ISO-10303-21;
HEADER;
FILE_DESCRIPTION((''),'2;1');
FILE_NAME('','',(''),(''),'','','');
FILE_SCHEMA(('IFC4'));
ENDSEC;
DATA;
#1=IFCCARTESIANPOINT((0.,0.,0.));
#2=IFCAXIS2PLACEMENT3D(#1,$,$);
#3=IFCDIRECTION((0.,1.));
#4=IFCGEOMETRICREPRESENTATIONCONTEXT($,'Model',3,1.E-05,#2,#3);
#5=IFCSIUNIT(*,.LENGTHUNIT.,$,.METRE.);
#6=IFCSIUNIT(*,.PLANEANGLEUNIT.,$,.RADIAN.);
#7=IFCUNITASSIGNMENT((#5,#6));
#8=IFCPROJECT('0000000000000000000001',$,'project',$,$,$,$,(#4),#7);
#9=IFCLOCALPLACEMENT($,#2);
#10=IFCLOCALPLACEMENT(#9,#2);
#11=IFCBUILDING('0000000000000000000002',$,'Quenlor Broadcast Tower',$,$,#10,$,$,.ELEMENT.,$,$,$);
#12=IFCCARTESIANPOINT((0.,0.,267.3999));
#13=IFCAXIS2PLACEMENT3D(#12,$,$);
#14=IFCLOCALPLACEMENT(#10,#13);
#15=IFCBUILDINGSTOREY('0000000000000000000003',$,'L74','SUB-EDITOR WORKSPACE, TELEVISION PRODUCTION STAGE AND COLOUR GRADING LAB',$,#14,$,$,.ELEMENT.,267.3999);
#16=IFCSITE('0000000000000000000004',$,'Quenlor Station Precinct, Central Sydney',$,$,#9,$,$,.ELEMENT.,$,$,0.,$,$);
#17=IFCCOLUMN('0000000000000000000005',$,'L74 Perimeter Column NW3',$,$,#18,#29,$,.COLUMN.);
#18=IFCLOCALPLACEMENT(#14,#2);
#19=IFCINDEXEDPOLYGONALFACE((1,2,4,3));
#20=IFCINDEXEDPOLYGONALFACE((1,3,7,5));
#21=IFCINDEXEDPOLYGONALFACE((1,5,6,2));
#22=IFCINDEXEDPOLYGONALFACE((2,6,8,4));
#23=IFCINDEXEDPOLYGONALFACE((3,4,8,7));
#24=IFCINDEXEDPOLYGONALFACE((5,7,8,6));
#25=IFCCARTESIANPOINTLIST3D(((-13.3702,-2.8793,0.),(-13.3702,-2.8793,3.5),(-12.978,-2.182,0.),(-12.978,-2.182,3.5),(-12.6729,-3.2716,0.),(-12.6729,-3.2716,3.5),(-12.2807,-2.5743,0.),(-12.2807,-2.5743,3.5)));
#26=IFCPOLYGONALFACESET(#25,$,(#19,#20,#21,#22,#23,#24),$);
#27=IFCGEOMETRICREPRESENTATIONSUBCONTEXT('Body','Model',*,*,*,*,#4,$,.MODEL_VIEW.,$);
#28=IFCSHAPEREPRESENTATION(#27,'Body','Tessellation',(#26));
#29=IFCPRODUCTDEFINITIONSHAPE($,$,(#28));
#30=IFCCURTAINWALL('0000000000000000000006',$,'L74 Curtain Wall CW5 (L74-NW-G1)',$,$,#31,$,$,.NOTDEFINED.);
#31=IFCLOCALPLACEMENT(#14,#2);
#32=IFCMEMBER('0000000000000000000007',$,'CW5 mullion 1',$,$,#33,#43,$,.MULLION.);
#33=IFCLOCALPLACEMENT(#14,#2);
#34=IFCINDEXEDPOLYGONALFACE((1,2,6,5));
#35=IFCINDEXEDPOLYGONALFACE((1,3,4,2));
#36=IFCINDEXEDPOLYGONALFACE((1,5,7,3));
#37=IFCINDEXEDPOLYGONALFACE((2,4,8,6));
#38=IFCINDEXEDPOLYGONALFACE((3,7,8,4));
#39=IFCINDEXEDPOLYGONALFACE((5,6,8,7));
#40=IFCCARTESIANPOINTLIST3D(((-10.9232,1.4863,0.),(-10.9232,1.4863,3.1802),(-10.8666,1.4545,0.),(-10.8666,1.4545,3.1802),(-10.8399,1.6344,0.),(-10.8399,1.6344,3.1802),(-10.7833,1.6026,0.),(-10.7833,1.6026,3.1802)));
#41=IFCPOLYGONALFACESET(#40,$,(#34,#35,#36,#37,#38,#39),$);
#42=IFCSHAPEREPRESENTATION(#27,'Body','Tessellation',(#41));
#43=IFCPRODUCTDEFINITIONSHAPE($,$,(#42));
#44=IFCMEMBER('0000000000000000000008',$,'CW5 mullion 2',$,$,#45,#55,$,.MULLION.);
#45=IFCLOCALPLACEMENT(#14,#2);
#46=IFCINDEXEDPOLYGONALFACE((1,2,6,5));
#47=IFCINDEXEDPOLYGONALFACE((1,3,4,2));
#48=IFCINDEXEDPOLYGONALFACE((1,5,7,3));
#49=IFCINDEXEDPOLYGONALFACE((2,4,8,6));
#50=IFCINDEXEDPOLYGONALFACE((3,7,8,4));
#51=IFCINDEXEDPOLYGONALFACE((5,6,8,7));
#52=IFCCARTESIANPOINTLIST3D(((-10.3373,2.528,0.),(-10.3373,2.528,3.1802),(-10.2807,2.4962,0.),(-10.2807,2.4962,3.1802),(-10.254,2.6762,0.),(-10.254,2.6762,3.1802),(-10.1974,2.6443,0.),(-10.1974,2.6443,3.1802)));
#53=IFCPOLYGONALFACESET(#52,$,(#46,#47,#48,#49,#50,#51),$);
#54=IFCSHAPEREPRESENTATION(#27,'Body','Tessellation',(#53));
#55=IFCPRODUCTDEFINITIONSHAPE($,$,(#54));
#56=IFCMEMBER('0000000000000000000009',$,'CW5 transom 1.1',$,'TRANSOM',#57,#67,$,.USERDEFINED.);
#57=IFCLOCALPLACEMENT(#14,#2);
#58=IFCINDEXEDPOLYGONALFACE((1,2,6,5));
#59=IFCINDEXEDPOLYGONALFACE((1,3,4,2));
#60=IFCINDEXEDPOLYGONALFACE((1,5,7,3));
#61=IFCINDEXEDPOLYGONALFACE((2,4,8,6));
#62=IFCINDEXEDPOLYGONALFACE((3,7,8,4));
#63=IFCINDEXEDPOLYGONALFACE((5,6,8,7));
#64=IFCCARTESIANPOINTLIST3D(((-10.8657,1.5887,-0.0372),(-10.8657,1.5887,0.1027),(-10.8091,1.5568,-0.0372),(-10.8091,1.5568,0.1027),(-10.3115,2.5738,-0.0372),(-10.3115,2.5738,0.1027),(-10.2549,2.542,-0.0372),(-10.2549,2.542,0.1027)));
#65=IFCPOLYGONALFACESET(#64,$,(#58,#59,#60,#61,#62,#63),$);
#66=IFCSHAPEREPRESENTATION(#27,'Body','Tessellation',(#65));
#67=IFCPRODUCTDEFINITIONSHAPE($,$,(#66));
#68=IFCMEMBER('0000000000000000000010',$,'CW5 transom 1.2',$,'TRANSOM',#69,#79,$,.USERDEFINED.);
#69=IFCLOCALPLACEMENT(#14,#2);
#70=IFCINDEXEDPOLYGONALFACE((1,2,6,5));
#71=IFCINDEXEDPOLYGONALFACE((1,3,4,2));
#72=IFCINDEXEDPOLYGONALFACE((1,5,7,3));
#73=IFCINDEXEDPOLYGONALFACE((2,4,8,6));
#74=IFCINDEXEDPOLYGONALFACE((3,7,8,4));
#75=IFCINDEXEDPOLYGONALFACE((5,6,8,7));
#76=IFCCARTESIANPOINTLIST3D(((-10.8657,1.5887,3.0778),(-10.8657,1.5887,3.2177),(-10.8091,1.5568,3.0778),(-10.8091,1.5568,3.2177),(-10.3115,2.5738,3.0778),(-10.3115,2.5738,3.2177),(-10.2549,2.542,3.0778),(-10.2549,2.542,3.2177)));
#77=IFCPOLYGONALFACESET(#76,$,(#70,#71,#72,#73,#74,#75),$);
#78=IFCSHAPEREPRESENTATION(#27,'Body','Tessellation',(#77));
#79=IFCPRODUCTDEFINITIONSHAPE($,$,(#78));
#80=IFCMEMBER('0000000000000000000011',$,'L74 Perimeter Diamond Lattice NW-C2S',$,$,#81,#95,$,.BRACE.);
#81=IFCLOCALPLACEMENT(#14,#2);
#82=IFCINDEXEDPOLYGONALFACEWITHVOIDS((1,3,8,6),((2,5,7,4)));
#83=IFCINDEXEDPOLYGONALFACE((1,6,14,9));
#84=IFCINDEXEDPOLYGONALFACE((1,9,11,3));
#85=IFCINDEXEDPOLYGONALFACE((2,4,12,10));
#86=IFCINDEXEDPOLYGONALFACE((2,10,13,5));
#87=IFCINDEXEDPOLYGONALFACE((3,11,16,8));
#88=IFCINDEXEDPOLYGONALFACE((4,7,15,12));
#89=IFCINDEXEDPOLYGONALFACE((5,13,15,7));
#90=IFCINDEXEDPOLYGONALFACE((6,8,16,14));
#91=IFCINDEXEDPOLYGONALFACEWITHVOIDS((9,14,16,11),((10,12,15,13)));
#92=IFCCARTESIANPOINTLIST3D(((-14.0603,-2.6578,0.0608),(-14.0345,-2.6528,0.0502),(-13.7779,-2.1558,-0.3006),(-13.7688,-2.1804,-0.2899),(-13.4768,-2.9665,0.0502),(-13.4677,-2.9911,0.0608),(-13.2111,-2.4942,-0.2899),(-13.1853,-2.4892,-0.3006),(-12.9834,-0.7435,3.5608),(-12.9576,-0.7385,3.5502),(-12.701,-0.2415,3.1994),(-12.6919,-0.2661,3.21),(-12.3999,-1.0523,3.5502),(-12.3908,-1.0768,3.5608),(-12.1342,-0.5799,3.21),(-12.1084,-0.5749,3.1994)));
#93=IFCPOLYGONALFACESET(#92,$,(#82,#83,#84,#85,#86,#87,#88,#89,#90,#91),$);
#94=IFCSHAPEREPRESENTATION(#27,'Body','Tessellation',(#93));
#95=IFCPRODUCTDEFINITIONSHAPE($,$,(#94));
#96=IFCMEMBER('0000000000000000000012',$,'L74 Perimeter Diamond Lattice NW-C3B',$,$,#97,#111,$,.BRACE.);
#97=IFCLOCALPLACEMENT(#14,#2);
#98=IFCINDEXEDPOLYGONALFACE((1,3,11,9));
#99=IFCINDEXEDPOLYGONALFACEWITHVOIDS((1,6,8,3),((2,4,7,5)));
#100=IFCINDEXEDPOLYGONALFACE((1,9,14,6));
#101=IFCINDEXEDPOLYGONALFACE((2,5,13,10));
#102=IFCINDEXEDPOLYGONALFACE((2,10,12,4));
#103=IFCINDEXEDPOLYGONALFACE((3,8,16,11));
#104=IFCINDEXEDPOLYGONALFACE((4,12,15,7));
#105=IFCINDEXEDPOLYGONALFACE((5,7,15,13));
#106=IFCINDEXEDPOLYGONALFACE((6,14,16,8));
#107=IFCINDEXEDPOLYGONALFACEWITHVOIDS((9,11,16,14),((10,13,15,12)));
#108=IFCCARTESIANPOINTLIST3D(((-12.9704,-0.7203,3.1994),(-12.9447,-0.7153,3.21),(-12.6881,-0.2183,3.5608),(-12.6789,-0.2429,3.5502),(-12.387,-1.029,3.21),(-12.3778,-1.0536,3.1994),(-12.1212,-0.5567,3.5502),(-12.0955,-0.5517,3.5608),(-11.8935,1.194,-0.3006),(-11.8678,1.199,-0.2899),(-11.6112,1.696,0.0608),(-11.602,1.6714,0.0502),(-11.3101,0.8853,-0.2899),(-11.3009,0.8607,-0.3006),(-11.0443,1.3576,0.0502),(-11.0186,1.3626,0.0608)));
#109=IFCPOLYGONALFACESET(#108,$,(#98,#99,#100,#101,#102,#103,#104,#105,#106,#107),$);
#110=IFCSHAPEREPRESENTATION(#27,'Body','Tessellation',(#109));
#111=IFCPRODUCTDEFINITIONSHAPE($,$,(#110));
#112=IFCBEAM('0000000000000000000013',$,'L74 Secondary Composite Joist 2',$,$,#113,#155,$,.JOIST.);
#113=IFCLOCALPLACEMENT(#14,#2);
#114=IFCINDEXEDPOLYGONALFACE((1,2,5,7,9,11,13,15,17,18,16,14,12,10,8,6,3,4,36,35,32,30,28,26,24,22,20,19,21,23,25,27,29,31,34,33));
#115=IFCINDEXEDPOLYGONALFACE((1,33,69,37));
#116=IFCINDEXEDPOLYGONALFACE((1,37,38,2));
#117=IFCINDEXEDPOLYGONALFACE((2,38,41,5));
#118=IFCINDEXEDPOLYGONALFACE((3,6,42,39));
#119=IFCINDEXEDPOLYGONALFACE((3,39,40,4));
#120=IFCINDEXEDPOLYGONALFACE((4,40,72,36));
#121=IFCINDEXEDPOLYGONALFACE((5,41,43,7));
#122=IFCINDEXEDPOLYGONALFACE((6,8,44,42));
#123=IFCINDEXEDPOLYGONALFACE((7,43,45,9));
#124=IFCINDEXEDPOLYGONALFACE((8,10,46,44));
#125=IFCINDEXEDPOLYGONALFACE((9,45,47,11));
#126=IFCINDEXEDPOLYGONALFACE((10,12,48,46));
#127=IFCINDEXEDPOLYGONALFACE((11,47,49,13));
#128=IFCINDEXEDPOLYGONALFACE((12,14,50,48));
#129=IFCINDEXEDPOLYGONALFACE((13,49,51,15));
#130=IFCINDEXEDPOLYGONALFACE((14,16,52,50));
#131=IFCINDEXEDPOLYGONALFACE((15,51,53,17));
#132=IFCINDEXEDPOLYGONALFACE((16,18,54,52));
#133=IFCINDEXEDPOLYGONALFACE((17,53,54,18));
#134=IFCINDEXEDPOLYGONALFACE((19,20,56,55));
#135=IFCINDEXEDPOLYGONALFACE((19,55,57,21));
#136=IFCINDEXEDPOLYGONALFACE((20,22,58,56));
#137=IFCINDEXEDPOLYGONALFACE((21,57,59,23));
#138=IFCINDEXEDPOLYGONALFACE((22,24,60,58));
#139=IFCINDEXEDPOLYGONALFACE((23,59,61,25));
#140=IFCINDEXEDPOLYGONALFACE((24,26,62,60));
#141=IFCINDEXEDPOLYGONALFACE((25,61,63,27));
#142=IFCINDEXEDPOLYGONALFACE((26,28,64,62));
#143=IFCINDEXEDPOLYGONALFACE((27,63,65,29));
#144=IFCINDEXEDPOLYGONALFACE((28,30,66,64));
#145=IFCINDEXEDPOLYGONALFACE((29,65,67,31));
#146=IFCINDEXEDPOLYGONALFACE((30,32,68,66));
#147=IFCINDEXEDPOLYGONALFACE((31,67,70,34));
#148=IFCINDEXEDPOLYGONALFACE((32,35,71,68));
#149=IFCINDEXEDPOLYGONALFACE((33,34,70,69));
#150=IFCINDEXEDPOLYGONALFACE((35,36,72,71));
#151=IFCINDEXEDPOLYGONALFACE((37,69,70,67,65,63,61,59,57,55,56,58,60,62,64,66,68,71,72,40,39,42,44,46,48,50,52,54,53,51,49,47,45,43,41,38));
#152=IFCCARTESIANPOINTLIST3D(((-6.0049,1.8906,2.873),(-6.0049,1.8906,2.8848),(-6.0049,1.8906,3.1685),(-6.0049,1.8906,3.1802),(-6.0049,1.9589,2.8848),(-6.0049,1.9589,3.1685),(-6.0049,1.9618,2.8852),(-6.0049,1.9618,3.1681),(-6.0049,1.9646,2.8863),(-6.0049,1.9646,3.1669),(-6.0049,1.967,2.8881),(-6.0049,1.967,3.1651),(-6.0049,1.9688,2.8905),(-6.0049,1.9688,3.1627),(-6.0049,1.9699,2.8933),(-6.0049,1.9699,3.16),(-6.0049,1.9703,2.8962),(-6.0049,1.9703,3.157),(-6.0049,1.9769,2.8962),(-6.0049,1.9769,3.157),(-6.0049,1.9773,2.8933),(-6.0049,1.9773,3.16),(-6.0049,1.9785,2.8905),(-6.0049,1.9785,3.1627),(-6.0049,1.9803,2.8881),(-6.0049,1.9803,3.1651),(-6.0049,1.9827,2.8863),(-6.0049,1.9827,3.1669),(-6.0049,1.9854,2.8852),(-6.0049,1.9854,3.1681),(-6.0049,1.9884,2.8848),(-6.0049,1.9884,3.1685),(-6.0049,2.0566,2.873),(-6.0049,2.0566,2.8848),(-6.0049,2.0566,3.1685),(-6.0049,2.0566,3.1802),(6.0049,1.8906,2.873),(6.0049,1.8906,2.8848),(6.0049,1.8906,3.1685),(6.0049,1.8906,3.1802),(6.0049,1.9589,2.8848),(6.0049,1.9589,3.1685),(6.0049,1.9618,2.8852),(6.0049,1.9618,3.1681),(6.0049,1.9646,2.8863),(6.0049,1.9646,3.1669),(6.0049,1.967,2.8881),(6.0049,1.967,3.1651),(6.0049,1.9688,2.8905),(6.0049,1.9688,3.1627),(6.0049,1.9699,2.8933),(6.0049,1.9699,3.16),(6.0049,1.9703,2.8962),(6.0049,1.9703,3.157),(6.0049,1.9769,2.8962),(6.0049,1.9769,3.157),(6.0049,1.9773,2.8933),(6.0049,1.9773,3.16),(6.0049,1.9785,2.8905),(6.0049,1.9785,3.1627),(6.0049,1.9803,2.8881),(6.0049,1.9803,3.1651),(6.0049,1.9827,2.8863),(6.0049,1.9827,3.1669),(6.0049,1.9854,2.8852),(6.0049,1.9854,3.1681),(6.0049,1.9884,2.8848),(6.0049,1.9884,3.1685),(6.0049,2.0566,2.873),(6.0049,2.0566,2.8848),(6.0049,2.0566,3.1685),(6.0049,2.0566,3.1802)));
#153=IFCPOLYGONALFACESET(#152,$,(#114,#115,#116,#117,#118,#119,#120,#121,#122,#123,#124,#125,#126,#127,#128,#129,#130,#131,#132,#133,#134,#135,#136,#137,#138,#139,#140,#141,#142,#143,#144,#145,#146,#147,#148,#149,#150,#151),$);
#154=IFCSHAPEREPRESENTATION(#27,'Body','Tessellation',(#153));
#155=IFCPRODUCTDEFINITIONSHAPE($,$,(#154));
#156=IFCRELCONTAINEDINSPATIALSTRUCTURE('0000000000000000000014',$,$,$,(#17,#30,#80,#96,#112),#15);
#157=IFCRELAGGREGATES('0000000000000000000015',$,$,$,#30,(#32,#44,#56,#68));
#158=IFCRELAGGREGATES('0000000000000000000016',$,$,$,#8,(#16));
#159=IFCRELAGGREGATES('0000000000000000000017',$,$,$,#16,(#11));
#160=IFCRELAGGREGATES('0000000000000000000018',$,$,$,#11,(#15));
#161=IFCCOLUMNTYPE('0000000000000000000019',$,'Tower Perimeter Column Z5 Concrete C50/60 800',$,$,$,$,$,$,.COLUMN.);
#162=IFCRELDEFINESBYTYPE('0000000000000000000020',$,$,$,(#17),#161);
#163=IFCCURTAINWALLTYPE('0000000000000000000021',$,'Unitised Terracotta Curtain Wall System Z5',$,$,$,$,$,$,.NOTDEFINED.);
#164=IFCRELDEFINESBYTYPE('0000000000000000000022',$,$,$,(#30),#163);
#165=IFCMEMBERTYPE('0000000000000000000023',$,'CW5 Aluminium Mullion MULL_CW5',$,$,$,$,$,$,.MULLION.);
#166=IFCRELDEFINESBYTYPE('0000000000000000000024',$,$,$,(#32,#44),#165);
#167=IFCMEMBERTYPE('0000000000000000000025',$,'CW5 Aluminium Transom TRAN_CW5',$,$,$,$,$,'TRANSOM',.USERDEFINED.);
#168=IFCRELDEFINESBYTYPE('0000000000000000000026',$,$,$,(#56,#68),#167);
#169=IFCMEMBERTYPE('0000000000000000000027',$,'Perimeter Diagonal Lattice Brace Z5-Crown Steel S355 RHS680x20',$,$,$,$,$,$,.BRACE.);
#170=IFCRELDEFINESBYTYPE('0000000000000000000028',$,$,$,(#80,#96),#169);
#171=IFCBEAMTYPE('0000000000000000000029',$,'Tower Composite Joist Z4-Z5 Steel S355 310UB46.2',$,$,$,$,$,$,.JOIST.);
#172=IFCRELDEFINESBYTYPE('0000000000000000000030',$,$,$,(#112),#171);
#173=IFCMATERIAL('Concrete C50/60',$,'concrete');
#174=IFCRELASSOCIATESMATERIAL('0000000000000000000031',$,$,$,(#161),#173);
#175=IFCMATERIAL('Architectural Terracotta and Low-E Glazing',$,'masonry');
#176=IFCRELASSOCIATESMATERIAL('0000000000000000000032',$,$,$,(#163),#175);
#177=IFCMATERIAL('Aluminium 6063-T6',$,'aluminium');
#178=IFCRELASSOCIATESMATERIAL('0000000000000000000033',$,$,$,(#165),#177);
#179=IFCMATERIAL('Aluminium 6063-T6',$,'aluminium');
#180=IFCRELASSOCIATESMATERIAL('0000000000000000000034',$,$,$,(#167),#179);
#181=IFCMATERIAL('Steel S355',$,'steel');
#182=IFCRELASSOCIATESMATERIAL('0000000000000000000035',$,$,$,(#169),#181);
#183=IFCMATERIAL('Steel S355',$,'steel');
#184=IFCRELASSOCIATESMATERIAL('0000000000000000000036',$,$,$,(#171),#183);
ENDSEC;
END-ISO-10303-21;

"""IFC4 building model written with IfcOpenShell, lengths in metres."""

from ifc_helpers import new_model, si_unit, direction, frame, origin, origin_2d, place, context, subcontext, project, spatial, rectangle, hollow_rectangle, i_section, extrude, material, material_profile, profile_set, type_object, element, aggregate, save


model = new_model("IFC4")

# Units and contexts
model_context = context("Model", 3, precision=1e-05, world=origin(), true_north=direction((0.0, 1.0)))
body_context = subcontext(model_context, "Body", "Model", "MODEL_VIEW")
ifc_project = project(units=[si_unit("LENGTHUNIT", "METRE"), si_unit("PLANEANGLEUNIT", "RADIAN")], contexts=[model_context])

# Site, building, storey
site_placement = place(None, origin())
site = spatial("IfcSite", under=ifc_project, at=site_placement, Name="Quenlor Station Precinct, Central Sydney", CompositionType="ELEMENT", RefElevation=0.0)
building_placement = place(site_placement, origin())
building = spatial("IfcBuilding", under=site, at=building_placement, Name="Quenlor Broadcast Tower", CompositionType="ELEMENT")
storey_placement = place(building_placement, frame((0.0, 0.0, 267.3999)))
storey = spatial("IfcBuildingStorey", under=building, at=storey_placement, Name="L74", Description="SUB-EDITOR WORKSPACE, TELEVISION PRODUCTION STAGE AND COLOUR GRADING LAB", CompositionType="ELEMENT", Elevation=267.3999)

# Column
ifc_material_1 = material(Name="Concrete C50/60", Category="concrete")
ifc_material_profile_1 = material_profile(ifc_material_1, rectangle(XDim=0.8, YDim=0.8, at=origin_2d()))
ifc_profile_set_1 = profile_set([ifc_material_profile_1], Name="Concrete C50/60 RC800x800")
column_type = type_object("IfcColumnType", Name="Tower Perimeter Column Z5 Concrete C50/60 800", PredefinedType="COLUMN", material=ifc_profile_set_1)
column_placement = place(storey_placement, frame((-12.8254, -2.7268, 0.0), z_axis=(0.0, 0.0, 1.0), x_axis=(-0.871575, 0.490262, 0.0)))
element("IfcColumn", 1, at=column_placement, inside=storey, type_object=column_type, Name="L74 Perimeter Column NW3", PredefinedType="COLUMN", context=body_context, shape_type="SweptSolid", body=[
    extrude(rectangle(XDim=0.8, YDim=0.8, at=origin_2d()), origin(), (0.0, 0.0, 1.0), 3.5),
])

# Curtain wall, members
ifc_material_2 = material(Name="Architectural Terracotta and Low-E Glazing", Category="masonry")
curtain_wall_type = type_object("IfcCurtainWallType", Name="Unitised Terracotta Curtain Wall System Z5", PredefinedType="NOTDEFINED", material=ifc_material_2)
curtain_wall_placement = place(storey_placement, origin())
curtain_wall = element("IfcCurtainWall", 2, at=curtain_wall_placement, inside=storey, type_object=curtain_wall_type, Name="L74 Curtain Wall CW5 (L74-NW-G1)", PredefinedType="NOTDEFINED")
ifc_material_3 = material(Name="Aluminium 6063-T6", Category="aluminium")
ifc_material_profile_2 = material_profile(ifc_material_3, rectangle(XDim=0.0649, YDim=0.1699, at=origin_2d()))
ifc_profile_set_2 = profile_set([ifc_material_profile_2], Name="Aluminium 6063-T6 MULL65x170")
member_type_1 = type_object("IfcMemberType", Name="CW5 Aluminium Mullion MULL_CW5", PredefinedType="MULLION", material=ifc_profile_set_2)
member_1_placement = place(storey_placement, frame((-10.8533, 1.5444, 0.0), z_axis=(0.0, 0.0, 1.0), x_axis=(-0.871592, 0.490231, 0.0)))
member_1 = element("IfcMember", 3, at=member_1_placement, type_object=member_type_1, Name="CW5 mullion 1", PredefinedType="MULLION", context=body_context, shape_type="SweptSolid", body=[
    extrude(rectangle(XDim=0.0649, YDim=0.1699, at=origin_2d()), origin(), (0.0, 0.0, 1.0), 3.1802),
])
member_2_placement = place(storey_placement, frame((-10.2673, 2.5862, 0.0), z_axis=(0.0, 0.0, 1.0), x_axis=(-0.871592, 0.490231, 0.0)))
member_2 = element("IfcMember", 4, at=member_2_placement, type_object=member_type_1, Name="CW5 mullion 2", PredefinedType="MULLION", context=body_context, shape_type="SweptSolid", body=[
    extrude(rectangle(XDim=0.0649, YDim=0.1699, at=origin_2d()), origin(), (0.0, 0.0, 1.0), 3.1802),
])
ifc_material_4 = material(Name="Aluminium 6063-T6", Category="aluminium")
ifc_material_profile_3 = material_profile(ifc_material_4, rectangle(XDim=0.0649, YDim=0.1399, at=origin_2d()))
ifc_profile_set_3 = profile_set([ifc_material_profile_3], Name="Aluminium 6063-T6 TRAN65x140")
member_type_2 = type_object("IfcMemberType", Name="CW5 Aluminium Transom TRAN_CW5", ElementType="TRANSOM", PredefinedType="USERDEFINED", material=ifc_profile_set_3)
member_3_placement = place(storey_placement, frame((-10.8374, 1.5728, 0.0327), z_axis=(0.490313, 0.871547, 0.0), x_axis=(-0.871547, 0.490313, 0.0)))
member_3 = element("IfcMember", 5, at=member_3_placement, type_object=member_type_2, Name="CW5 transom 1.1", ObjectType="TRANSOM", PredefinedType="USERDEFINED", context=body_context, shape_type="SweptSolid", body=[
    extrude(rectangle(XDim=0.0649, YDim=0.1399, at=origin_2d()), origin(), (0.0, 0.0, 1.0), 1.1304),
])
member_4_placement = place(storey_placement, frame((-10.8374, 1.5728, 3.1477), z_axis=(0.490313, 0.871547, 0.0), x_axis=(-0.871547, 0.490313, 0.0)))
member_4 = element("IfcMember", 6, at=member_4_placement, type_object=member_type_2, Name="CW5 transom 1.2", ObjectType="TRANSOM", PredefinedType="USERDEFINED", context=body_context, shape_type="SweptSolid", body=[
    extrude(rectangle(XDim=0.0649, YDim=0.1399, at=origin_2d()), origin(), (0.0, 0.0, 1.0), 1.1304),
])

# Members
ifc_material_5 = material(Name="Steel S355", Category="steel")
ifc_material_profile_4 = material_profile(ifc_material_5, hollow_rectangle(XDim=0.6799, YDim=0.6799, WallThickness=0.02, at=origin_2d()))
ifc_profile_set_4 = profile_set([ifc_material_profile_4], Name="Steel S355 RHS680x680x20")
member_type_3 = type_object("IfcMemberType", Name="Perimeter Diagonal Lattice Brace Z5-Crown Steel S355 RHS680x20", PredefinedType="BRACE", material=ifc_profile_set_4)
for number, where, z_axis, x_axis, name in (
    (7, (-13.6228, -2.5735, -0.1199), (0.260619, 0.463276, 0.847026), (-0.871555, 0.490298, 0.0), "L74 Perimeter Diamond Lattice NW-C2S"),
    (8, (-11.4561, 1.2783, -0.1199), (-0.260619, -0.463276, 0.847026), (0.871555, -0.490298, 0.0), "L74 Perimeter Diamond Lattice NW-C3B"),
):
    element("IfcMember", number, at=place(storey_placement, frame(where, z_axis=z_axis, x_axis=x_axis)), inside=storey, type_object=member_type_3, Name=name, PredefinedType="BRACE", context=body_context, shape_type="SweptSolid", body=[
        extrude(hollow_rectangle(XDim=0.6799, YDim=0.6799, WallThickness=0.02, at=origin_2d()), origin(), (0.0, 0.0, 1.0), 4.1321),
    ])

# Beam
ifc_material_6 = material(Name="Steel S355", Category="steel")
ifc_material_profile_5 = material_profile(ifc_material_6, i_section(OverallWidth=0.166, OverallDepth=0.3071, WebThickness=0.0066, FlangeThickness=0.0117, FilletRadius=0.0115, at=origin_2d()))
ifc_profile_set_5 = profile_set([ifc_material_profile_5], Name="Steel S355 310UB46.2")
beam_type = type_object("IfcBeamType", Name="Tower Composite Joist Z4-Z5 Steel S355 310UB46.2", PredefinedType="JOIST", material=ifc_profile_set_5)
beam_1_placement = place(storey_placement, frame((-6.0049, 1.9736, 3.0266), z_axis=(1.0, 0.0, 0.0), x_axis=(0.0, 1.0, 0.0)))
element("IfcBeam", 9, at=beam_1_placement, inside=storey, type_object=beam_type, Name="L74 Secondary Composite Joist 2", PredefinedType="JOIST", context=body_context, shape_type="SweptSolid", body=[
    extrude(i_section(OverallWidth=0.166, OverallDepth=0.3071, WebThickness=0.0066, FlangeThickness=0.0117, FilletRadius=0.0115, at=origin_2d()), origin(), (0.0, 0.0, 1.0), 12.0098),
])

aggregate(curtain_wall, [member_1, member_2, member_3, member_4])

save(model, "model.ifc")
